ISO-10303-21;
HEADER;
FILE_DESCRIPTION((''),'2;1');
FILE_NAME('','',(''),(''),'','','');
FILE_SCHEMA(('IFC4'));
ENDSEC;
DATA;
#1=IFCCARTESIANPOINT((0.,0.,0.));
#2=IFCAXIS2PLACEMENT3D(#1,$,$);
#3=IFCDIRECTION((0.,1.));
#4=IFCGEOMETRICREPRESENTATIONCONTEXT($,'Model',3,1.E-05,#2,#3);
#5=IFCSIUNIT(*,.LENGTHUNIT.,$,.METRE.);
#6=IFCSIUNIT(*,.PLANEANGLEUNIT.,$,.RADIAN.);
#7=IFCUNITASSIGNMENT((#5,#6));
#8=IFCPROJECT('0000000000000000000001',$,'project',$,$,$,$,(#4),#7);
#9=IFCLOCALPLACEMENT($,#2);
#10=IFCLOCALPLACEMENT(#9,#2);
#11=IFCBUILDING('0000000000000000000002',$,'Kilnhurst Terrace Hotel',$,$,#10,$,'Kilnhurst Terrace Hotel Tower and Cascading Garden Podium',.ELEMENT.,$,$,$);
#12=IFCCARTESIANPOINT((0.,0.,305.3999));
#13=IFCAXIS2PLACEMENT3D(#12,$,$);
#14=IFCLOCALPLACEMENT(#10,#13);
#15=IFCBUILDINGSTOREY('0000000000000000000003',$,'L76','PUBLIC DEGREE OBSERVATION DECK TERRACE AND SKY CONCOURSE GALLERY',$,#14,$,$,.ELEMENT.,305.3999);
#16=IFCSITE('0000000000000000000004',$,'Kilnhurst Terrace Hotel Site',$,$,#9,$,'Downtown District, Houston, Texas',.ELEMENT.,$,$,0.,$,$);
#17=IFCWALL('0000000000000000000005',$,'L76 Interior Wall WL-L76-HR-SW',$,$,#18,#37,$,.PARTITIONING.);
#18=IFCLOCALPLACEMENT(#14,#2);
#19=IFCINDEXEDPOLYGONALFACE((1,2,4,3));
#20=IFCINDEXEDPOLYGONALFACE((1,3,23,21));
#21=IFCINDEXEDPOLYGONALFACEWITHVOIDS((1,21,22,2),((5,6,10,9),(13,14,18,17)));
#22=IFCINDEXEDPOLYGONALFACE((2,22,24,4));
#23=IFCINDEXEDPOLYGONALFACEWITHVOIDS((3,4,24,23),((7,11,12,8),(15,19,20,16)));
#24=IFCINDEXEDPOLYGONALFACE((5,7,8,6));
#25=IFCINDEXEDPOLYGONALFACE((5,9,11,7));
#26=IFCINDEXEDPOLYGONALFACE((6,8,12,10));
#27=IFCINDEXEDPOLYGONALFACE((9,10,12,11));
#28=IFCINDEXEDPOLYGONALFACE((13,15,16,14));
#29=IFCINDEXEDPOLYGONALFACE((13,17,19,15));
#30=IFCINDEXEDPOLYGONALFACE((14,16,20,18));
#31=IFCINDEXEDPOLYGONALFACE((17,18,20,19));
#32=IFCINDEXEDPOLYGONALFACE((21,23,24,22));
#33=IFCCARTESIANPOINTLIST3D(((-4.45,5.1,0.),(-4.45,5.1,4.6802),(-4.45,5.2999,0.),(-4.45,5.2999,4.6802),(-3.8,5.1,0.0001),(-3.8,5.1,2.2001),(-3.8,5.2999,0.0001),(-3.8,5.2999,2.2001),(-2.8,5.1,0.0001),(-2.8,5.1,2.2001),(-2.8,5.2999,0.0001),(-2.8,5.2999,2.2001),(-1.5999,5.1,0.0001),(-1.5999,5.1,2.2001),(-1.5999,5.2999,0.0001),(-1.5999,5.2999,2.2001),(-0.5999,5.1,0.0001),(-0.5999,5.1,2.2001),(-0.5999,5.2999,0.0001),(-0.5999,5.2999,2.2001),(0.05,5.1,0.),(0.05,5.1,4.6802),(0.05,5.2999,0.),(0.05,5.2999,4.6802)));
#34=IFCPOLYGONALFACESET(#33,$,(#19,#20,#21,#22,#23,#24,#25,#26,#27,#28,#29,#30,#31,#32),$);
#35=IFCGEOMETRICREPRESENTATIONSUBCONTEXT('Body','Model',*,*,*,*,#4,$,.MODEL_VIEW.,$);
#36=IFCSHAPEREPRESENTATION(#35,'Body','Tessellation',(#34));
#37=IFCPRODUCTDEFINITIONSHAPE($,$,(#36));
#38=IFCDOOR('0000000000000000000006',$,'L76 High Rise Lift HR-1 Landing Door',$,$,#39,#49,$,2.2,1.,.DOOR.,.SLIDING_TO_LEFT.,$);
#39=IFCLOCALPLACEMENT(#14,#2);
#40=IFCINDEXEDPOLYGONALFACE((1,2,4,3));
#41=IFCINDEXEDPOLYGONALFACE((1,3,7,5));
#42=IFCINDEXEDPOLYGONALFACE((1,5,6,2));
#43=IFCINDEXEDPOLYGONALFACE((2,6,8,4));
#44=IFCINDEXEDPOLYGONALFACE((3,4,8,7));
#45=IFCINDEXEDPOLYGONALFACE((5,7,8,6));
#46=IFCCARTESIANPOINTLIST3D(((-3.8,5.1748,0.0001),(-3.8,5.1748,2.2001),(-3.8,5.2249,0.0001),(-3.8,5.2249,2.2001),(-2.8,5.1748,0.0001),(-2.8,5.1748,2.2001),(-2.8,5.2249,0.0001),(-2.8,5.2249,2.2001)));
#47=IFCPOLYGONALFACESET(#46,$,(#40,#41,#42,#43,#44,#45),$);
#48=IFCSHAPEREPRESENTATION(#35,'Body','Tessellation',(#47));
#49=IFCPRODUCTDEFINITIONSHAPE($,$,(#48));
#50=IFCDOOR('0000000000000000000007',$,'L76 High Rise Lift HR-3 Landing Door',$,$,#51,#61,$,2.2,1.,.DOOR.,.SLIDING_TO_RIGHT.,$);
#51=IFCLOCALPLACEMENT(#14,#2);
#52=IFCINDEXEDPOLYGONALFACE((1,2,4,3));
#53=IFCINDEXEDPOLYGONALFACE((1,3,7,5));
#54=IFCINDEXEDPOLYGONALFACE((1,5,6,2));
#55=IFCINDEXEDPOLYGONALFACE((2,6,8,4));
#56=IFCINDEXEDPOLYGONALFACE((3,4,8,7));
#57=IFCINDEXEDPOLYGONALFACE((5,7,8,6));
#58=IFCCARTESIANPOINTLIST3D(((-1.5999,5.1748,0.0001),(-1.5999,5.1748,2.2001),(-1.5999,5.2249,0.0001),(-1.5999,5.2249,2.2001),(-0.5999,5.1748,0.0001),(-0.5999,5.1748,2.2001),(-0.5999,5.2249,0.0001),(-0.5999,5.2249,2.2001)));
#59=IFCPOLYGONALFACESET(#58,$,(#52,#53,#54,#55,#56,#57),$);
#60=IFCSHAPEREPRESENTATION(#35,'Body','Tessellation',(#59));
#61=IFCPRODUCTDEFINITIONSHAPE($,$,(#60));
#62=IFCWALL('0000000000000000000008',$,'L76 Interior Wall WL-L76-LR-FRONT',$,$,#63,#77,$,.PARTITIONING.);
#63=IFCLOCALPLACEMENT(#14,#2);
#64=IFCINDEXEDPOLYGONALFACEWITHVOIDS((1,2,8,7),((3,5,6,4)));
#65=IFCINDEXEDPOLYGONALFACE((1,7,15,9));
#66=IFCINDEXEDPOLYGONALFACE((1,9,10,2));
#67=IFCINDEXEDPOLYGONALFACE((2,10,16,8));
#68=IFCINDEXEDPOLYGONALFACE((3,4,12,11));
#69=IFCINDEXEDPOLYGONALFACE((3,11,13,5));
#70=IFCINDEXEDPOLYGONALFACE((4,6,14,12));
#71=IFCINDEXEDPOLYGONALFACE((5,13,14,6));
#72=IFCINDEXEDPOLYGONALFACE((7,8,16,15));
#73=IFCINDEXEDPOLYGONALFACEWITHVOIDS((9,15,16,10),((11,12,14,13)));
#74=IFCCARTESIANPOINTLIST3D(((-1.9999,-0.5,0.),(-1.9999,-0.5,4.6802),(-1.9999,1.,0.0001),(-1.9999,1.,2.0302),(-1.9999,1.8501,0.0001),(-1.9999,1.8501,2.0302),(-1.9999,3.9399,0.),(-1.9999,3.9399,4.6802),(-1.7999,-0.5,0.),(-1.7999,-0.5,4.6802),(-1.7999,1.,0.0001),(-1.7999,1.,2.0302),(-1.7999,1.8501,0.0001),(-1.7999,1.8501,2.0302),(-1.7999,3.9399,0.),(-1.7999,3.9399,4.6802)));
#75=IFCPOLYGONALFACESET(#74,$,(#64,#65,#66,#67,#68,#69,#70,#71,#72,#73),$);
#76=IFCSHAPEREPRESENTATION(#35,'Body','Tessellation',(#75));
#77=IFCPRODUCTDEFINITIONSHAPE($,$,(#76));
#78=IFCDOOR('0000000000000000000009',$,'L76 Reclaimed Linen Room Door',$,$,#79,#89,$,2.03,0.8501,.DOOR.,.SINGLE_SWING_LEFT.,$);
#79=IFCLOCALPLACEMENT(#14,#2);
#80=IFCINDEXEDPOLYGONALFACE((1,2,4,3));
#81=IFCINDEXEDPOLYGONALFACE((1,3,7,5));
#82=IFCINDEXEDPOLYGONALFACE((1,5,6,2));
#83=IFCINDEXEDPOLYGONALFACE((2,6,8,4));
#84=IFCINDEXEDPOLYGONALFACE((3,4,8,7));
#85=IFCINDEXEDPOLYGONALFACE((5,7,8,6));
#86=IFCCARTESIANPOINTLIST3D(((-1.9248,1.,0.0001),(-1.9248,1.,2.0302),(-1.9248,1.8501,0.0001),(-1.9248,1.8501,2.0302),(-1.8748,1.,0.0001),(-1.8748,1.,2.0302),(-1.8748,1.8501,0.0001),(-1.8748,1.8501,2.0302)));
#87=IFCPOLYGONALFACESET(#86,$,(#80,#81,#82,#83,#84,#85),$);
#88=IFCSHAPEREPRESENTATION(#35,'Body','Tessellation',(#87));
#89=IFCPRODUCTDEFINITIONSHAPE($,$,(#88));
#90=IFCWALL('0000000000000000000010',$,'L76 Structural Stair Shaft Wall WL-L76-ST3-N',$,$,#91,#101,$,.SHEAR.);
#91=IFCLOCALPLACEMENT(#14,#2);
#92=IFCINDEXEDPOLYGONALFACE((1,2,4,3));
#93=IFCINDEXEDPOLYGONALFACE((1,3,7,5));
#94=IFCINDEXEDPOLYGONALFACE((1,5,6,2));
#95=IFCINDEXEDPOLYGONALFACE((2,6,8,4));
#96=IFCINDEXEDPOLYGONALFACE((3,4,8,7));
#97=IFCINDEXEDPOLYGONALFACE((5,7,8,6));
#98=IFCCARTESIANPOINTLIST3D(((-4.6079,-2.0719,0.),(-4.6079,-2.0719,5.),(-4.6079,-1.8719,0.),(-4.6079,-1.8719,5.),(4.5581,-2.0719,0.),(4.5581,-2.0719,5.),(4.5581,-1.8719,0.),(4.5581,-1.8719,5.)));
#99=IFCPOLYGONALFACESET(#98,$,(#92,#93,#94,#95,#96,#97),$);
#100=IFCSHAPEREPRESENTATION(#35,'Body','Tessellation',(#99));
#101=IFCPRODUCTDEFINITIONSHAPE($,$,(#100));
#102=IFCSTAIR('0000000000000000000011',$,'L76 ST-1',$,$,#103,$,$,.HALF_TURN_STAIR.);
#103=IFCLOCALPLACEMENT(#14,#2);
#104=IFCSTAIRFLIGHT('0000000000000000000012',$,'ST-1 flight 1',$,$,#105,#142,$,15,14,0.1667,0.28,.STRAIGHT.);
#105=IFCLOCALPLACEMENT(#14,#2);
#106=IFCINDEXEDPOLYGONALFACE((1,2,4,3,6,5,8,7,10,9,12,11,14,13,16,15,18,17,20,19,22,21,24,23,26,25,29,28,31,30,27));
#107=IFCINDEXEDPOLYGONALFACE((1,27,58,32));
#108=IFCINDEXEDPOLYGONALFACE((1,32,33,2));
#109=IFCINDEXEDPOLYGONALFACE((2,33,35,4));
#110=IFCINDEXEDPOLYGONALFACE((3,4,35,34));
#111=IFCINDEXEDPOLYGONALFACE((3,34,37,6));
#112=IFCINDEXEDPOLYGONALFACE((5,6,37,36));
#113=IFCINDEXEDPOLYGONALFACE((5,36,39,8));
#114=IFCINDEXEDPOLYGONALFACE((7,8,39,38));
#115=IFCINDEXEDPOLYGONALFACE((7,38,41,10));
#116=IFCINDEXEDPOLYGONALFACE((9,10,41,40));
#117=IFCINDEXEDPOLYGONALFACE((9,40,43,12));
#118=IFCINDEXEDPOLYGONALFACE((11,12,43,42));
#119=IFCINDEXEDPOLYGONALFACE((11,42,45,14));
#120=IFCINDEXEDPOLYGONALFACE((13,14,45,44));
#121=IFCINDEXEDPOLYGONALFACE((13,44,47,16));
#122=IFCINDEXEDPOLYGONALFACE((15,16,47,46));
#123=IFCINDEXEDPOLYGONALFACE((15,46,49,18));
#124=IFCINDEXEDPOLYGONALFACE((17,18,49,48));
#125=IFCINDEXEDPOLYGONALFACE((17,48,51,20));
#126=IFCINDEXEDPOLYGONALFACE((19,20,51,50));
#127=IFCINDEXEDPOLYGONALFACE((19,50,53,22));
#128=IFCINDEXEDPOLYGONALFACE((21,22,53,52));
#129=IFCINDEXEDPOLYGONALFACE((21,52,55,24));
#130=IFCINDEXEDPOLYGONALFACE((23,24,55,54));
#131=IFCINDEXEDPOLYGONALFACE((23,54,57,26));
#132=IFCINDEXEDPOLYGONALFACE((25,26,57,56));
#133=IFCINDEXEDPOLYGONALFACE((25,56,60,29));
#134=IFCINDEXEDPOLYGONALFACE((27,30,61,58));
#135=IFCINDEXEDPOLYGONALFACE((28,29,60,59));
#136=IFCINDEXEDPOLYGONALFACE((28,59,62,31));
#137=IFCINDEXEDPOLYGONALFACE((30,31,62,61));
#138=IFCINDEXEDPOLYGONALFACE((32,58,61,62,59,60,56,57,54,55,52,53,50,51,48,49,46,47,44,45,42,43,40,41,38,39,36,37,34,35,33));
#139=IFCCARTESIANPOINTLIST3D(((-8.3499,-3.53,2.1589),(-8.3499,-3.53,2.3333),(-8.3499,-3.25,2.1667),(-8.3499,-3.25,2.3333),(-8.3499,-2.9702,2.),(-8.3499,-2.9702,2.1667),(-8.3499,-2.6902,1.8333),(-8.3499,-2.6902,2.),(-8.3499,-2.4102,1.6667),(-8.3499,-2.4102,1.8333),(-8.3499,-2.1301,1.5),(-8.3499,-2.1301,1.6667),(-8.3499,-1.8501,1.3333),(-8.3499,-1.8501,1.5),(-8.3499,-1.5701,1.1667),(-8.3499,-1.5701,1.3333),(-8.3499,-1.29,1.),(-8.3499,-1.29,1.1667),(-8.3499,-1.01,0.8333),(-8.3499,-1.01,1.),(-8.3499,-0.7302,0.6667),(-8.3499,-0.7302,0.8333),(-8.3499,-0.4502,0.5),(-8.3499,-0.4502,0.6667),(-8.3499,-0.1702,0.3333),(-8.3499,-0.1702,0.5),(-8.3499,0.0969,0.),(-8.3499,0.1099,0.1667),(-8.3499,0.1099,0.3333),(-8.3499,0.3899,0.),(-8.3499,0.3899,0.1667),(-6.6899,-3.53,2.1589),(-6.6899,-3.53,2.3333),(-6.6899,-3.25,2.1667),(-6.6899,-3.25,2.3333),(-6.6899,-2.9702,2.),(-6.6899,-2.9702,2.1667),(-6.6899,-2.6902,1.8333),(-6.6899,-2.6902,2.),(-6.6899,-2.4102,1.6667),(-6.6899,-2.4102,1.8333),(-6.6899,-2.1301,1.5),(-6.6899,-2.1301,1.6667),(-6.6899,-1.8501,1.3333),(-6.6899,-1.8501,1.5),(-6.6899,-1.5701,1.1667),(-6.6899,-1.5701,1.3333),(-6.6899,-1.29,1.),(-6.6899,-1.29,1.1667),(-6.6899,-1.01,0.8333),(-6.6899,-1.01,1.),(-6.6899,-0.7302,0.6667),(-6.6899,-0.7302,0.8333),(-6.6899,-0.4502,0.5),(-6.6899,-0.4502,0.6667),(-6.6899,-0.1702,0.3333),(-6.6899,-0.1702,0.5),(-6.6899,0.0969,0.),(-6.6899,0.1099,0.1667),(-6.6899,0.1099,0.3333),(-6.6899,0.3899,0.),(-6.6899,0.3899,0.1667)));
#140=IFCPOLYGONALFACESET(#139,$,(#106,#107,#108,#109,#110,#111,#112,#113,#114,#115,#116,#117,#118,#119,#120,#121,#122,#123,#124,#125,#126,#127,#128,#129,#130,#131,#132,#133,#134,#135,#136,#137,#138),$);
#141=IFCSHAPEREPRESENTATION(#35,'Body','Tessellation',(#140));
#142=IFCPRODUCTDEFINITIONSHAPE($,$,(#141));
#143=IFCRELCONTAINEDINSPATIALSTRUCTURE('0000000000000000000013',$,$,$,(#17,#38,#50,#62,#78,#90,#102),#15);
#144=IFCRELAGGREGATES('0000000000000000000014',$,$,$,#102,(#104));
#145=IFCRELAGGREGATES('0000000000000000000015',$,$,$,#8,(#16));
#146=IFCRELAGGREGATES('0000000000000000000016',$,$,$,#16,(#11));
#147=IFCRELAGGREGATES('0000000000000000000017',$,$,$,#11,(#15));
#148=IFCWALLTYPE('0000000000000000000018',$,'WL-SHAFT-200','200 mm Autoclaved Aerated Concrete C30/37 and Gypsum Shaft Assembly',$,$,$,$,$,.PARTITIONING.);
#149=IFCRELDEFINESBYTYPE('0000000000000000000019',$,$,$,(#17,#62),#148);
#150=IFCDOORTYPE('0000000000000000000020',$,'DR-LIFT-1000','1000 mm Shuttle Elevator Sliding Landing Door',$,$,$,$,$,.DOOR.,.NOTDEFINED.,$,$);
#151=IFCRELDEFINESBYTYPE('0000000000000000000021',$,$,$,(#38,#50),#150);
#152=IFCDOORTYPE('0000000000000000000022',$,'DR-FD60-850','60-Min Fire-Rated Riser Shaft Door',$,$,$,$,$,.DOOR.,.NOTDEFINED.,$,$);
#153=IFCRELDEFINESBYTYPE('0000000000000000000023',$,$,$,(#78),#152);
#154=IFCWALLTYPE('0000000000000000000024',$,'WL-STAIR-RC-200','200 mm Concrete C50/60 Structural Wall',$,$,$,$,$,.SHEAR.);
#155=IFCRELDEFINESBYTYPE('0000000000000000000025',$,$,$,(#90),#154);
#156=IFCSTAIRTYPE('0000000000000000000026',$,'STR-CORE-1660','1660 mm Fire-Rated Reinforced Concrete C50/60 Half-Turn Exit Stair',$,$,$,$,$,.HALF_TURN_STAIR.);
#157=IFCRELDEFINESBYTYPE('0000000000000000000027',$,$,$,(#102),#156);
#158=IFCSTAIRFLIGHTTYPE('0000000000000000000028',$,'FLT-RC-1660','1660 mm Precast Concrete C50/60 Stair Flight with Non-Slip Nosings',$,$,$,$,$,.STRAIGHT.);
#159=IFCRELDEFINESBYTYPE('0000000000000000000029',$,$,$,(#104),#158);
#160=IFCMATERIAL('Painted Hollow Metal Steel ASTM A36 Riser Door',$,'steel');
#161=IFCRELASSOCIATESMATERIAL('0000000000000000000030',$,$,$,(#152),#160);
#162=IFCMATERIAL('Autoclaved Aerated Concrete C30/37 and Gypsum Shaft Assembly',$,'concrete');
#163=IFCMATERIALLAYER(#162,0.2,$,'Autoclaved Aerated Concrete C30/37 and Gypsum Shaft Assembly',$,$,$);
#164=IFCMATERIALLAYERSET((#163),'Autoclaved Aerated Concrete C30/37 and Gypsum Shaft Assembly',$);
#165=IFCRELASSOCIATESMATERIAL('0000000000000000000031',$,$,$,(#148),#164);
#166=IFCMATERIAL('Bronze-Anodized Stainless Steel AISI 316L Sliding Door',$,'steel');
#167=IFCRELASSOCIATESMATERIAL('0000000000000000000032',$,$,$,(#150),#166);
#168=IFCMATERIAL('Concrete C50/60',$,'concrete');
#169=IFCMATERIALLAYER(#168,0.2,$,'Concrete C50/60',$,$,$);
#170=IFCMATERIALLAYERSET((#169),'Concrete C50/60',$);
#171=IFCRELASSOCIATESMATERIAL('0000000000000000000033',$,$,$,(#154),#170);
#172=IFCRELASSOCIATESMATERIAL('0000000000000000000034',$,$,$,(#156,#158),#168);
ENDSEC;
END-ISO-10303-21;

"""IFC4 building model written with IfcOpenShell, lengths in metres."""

from ifc_helpers import new_model, si_unit, direction, frame, frame_2d, origin, place, context, subcontext, project, spatial, polyline, rectangle, outline, extrude, material, layer, layer_set, type_object, element, fill, aggregate, save


model = new_model("IFC4")

# Units and contexts
model_context = context("Model", 3, precision=1e-05, world=origin(), true_north=direction((0.0, 1.0)))
body_context = subcontext(model_context, "Body", "Model", "MODEL_VIEW")
ifc_project = project(units=[si_unit("LENGTHUNIT", "METRE"), si_unit("PLANEANGLEUNIT", "RADIAN")], contexts=[model_context])

# Site, building, storey
site_placement = place(None, origin())
site = spatial("IfcSite", under=ifc_project, at=site_placement, Name="Kilnhurst Terrace Hotel Site", LongName="Downtown District, Houston, Texas", CompositionType="ELEMENT", RefElevation=0.0)
building_placement = place(site_placement, origin())
building = spatial("IfcBuilding", under=site, at=building_placement, Name="Kilnhurst Terrace Hotel", LongName="Kilnhurst Terrace Hotel Tower and Cascading Garden Podium", CompositionType="ELEMENT")
storey_placement = place(building_placement, frame((0.0, 0.0, 305.3999)))
storey = spatial("IfcBuildingStorey", under=building, at=storey_placement, Name="L76", Description="PUBLIC DEGREE OBSERVATION DECK TERRACE AND SKY CONCOURSE GALLERY", CompositionType="ELEMENT", Elevation=305.3999)

# Shared definitions
ifc_material_1 = material(Name="Concrete C50/60", Category="concrete")

# Shared definitions
ifc_material_2 = material(Name="Painted Hollow Metal Steel ASTM A36 Riser Door", Category="steel")
door_type_1 = type_object("IfcDoorType", Name="DR-FD60-850", Description="60-Min Fire-Rated Riser Shaft Door", OperationType="NOTDEFINED", PredefinedType="DOOR", material=ifc_material_2)
ifc_material_3 = material(Name="Autoclaved Aerated Concrete C30/37 and Gypsum Shaft Assembly", Category="concrete")
ifc_layer_1 = layer(ifc_material_3, 0.2, Name="Autoclaved Aerated Concrete C30/37 and Gypsum Shaft Assembly")
ifc_layer_set_1 = layer_set([ifc_layer_1], Name="Autoclaved Aerated Concrete C30/37 and Gypsum Shaft Assembly")
wall_type_1 = type_object("IfcWallType", Name="WL-SHAFT-200", Description="200 mm Autoclaved Aerated Concrete C30/37 and Gypsum Shaft Assembly", PredefinedType="PARTITIONING", material=ifc_layer_set_1)
ifc_material_4 = material(Name="Bronze-Anodized Stainless Steel AISI 316L Sliding Door", Category="steel")

# Shared definitions
door_type_2 = type_object("IfcDoorType", Name="DR-LIFT-1000", Description="1000 mm Shuttle Elevator Sliding Landing Door", OperationType="NOTDEFINED", PredefinedType="DOOR", material=ifc_material_4)

# Wall, openings, doors
wall_1_placement = place(storey_placement, frame((-4.45, 5.2, 0.0), z_axis=(0.0, 0.0, 1.0), x_axis=(1.0, 0.0, 0.0)))
wall_1 = element("IfcWall", 1, at=wall_1_placement, inside=storey, type_object=wall_type_1, Name="L76 Interior Wall WL-L76-HR-SW", PredefinedType="PARTITIONING", context=body_context, shape_type="SweptSolid", body=[
    extrude(rectangle(XDim=4.5, YDim=0.2, at=frame_2d((2.25, 0.0))), origin(), (0.0, 0.0, 1.0), 4.6802),
])
opening_1_placement = place(wall_1_placement, frame((0.6499, 0.0, 0.0)))
opening_1 = element("IfcOpeningElement", 2, at=opening_1_placement, cuts=wall_1, PredefinedType="OPENING", context=body_context, shape_type="SweptSolid", body=[
    extrude(rectangle(XDim=1.0, YDim=2.2, at=frame_2d((0.5, 1.1001))), frame((0.0, 0.1099, 0.0), z_axis=(0.0, -1.0, 0.0), x_axis=(1.0, 0.0, 0.0)), (0.0, 0.0, 1.0), 0.22),
])
opening_2_placement = place(wall_1_placement, frame((2.8501, 0.0, 0.0)))
opening_2 = element("IfcOpeningElement", 3, at=opening_2_placement, cuts=wall_1, PredefinedType="OPENING", context=body_context, shape_type="SweptSolid", body=[
    extrude(rectangle(XDim=1.0, YDim=2.2, at=frame_2d((0.5, 1.1001))), frame((0.0, 0.1099, 0.0), z_axis=(0.0, -1.0, 0.0), x_axis=(1.0, 0.0, 0.0)), (0.0, 0.0, 1.0), 0.22),
])
door_1_placement = place(opening_1_placement, origin())
door_1 = element("IfcDoor", 4, at=door_1_placement, inside=storey, type_object=door_type_2, Name="L76 High Rise Lift HR-1 Landing Door", OperationType="SLIDING_TO_LEFT", OverallHeight=2.2, OverallWidth=1.0, PredefinedType="DOOR", context=body_context, shape_type="SweptSolid", body=[
    extrude(rectangle(XDim=1.0, YDim=2.2, at=frame_2d((0.5, 1.1001))), frame((0.0, 0.0249, 0.0), z_axis=(0.0, -1.0, 0.0), x_axis=(1.0, 0.0, 0.0)), (0.0, 0.0, 1.0), 0.05),
])
fill(opening_1, door_1)
door_2_placement = place(opening_2_placement, origin())
door_2 = element("IfcDoor", 5, at=door_2_placement, inside=storey, type_object=door_type_2, Name="L76 High Rise Lift HR-3 Landing Door", OperationType="SLIDING_TO_RIGHT", OverallHeight=2.2, OverallWidth=1.0, PredefinedType="DOOR", context=body_context, shape_type="SweptSolid", body=[
    extrude(rectangle(XDim=1.0, YDim=2.2, at=frame_2d((0.5, 1.1001))), frame((0.0, 0.0249, 0.0), z_axis=(0.0, -1.0, 0.0), x_axis=(1.0, 0.0, 0.0)), (0.0, 0.0, 1.0), 0.05),
])
fill(opening_2, door_2)

# Wall, opening, door
wall_2_placement = place(storey_placement, frame((-1.8999, -0.5, 0.0), z_axis=(0.0, 0.0, 1.0), x_axis=(0.0, 1.0, 0.0)))
wall_2 = element("IfcWall", 6, at=wall_2_placement, inside=storey, type_object=wall_type_1, Name="L76 Interior Wall WL-L76-LR-FRONT", PredefinedType="PARTITIONING", context=body_context, shape_type="SweptSolid", body=[
    extrude(rectangle(XDim=4.4399, YDim=0.2, at=frame_2d((2.22, 0.0))), origin(), (0.0, 0.0, 1.0), 4.6802),
])
opening_3_placement = place(wall_2_placement, frame((1.5, 0.0, 0.0)))
opening_3 = element("IfcOpeningElement", 7, at=opening_3_placement, cuts=wall_2, PredefinedType="OPENING", context=body_context, shape_type="SweptSolid", body=[
    extrude(rectangle(XDim=0.8501, YDim=2.03, at=frame_2d((0.425, 1.0151))), frame((0.0, 0.1099, 0.0), z_axis=(0.0, -1.0, 0.0), x_axis=(1.0, 0.0, 0.0)), (0.0, 0.0, 1.0), 0.22),
])
door_3_placement = place(opening_3_placement, origin())
door_3 = element("IfcDoor", 8, at=door_3_placement, inside=storey, type_object=door_type_1, Name="L76 Reclaimed Linen Room Door", OperationType="SINGLE_SWING_LEFT", OverallHeight=2.03, OverallWidth=0.8501, PredefinedType="DOOR", context=body_context, shape_type="SweptSolid", body=[
    extrude(rectangle(XDim=0.8501, YDim=2.03, at=frame_2d((0.425, 1.0151))), frame((0.0, 0.0249, 0.0), z_axis=(0.0, -1.0, 0.0), x_axis=(1.0, 0.0, 0.0)), (0.0, 0.0, 1.0), 0.05),
])
fill(opening_3, door_3)
ifc_layer_2 = layer(ifc_material_1, 0.2, Name="Concrete C50/60")
ifc_layer_set_2 = layer_set([ifc_layer_2], Name="Concrete C50/60")
wall_type_2 = type_object("IfcWallType", Name="WL-STAIR-RC-200", Description="200 mm Concrete C50/60 Structural Wall", PredefinedType="SHEAR", material=ifc_layer_set_2)

# Wall
wall_3_placement = place(storey_placement, frame((-4.6079, -1.9719, 0.0), z_axis=(0.0, 0.0, 1.0), x_axis=(1.0, 0.0, 0.0)))
element("IfcWall", 9, at=wall_3_placement, inside=storey, type_object=wall_type_2, Name="L76 Structural Stair Shaft Wall WL-L76-ST3-N", PredefinedType="SHEAR", context=body_context, shape_type="SweptSolid", body=[
    extrude(rectangle(XDim=9.166, YDim=0.2, at=frame_2d((4.583, 0.0))), origin(), (0.0, 0.0, 1.0), 5.0),
])

# Stair, stair flight
stair_type = type_object("IfcStairType", Name="STR-CORE-1660", Description="1660 mm Fire-Rated Reinforced Concrete C50/60 Half-Turn Exit Stair", PredefinedType="HALF_TURN_STAIR", material=ifc_material_1)
stair_placement = place(storey_placement, origin())
stair = element("IfcStair", 10, at=stair_placement, inside=storey, type_object=stair_type, Name="L76 ST-1", PredefinedType="HALF_TURN_STAIR")
stair_flight_type = type_object("IfcStairFlightType", Name="FLT-RC-1660", Description="1660 mm Precast Concrete C50/60 Stair Flight with Non-Slip Nosings", PredefinedType="STRAIGHT", material=ifc_material_1)
stair_flight_1_placement = place(storey_placement, frame((-7.52, 0.3899, 0.0), z_axis=(0.0, 0.0, 1.0), x_axis=(0.0, -1.0, 0.0)))
stair_flight_1 = element("IfcStairFlight", 11, at=stair_flight_1_placement, type_object=stair_flight_type, Name="ST-1 flight 1", NumberOfRisers=15, NumberOfTreads=14, PredefinedType="STRAIGHT", RiserHeight=0.1667, TreadLength=0.28, context=body_context, shape_type="SweptSolid", body=[
    extrude(outline(polyline([(0.0, 0.0), (0.0, 0.1667), (0.28, 0.1667), (0.28, 0.3333), (0.5601, 0.3333), (0.5601, 0.5), (0.8401, 0.5), (0.8401, 0.6667), (1.1201, 0.6667), (1.1201, 0.8333), (1.3999, 0.8333), (1.3999, 1.0), (1.6799, 1.0), (1.6799, 1.1667), (1.96, 1.1667), (1.96, 1.3333), (2.24, 1.3333), (2.24, 1.5), (2.52, 1.5), (2.52, 1.6667), (2.8, 1.6667), (2.8, 1.8333), (3.0801, 1.8333), (3.0801, 2.0), (3.3601, 2.0), (3.3601, 2.1667), (3.6399, 2.1667), (3.6399, 2.3333), (3.9199, 2.3333), (3.9199, 2.5), (3.9199, 2.1589), (0.293, 0.0), (0.0, 0.0)])), frame((0.0, 0.8301, 0.0), z_axis=(0.0, -1.0, 0.0), x_axis=(1.0, 0.0, 0.0)), (0.0, 0.0, 1.0), 1.6599),
])
aggregate(stair, [stair_flight_1])

save(model, "model.ifc")
